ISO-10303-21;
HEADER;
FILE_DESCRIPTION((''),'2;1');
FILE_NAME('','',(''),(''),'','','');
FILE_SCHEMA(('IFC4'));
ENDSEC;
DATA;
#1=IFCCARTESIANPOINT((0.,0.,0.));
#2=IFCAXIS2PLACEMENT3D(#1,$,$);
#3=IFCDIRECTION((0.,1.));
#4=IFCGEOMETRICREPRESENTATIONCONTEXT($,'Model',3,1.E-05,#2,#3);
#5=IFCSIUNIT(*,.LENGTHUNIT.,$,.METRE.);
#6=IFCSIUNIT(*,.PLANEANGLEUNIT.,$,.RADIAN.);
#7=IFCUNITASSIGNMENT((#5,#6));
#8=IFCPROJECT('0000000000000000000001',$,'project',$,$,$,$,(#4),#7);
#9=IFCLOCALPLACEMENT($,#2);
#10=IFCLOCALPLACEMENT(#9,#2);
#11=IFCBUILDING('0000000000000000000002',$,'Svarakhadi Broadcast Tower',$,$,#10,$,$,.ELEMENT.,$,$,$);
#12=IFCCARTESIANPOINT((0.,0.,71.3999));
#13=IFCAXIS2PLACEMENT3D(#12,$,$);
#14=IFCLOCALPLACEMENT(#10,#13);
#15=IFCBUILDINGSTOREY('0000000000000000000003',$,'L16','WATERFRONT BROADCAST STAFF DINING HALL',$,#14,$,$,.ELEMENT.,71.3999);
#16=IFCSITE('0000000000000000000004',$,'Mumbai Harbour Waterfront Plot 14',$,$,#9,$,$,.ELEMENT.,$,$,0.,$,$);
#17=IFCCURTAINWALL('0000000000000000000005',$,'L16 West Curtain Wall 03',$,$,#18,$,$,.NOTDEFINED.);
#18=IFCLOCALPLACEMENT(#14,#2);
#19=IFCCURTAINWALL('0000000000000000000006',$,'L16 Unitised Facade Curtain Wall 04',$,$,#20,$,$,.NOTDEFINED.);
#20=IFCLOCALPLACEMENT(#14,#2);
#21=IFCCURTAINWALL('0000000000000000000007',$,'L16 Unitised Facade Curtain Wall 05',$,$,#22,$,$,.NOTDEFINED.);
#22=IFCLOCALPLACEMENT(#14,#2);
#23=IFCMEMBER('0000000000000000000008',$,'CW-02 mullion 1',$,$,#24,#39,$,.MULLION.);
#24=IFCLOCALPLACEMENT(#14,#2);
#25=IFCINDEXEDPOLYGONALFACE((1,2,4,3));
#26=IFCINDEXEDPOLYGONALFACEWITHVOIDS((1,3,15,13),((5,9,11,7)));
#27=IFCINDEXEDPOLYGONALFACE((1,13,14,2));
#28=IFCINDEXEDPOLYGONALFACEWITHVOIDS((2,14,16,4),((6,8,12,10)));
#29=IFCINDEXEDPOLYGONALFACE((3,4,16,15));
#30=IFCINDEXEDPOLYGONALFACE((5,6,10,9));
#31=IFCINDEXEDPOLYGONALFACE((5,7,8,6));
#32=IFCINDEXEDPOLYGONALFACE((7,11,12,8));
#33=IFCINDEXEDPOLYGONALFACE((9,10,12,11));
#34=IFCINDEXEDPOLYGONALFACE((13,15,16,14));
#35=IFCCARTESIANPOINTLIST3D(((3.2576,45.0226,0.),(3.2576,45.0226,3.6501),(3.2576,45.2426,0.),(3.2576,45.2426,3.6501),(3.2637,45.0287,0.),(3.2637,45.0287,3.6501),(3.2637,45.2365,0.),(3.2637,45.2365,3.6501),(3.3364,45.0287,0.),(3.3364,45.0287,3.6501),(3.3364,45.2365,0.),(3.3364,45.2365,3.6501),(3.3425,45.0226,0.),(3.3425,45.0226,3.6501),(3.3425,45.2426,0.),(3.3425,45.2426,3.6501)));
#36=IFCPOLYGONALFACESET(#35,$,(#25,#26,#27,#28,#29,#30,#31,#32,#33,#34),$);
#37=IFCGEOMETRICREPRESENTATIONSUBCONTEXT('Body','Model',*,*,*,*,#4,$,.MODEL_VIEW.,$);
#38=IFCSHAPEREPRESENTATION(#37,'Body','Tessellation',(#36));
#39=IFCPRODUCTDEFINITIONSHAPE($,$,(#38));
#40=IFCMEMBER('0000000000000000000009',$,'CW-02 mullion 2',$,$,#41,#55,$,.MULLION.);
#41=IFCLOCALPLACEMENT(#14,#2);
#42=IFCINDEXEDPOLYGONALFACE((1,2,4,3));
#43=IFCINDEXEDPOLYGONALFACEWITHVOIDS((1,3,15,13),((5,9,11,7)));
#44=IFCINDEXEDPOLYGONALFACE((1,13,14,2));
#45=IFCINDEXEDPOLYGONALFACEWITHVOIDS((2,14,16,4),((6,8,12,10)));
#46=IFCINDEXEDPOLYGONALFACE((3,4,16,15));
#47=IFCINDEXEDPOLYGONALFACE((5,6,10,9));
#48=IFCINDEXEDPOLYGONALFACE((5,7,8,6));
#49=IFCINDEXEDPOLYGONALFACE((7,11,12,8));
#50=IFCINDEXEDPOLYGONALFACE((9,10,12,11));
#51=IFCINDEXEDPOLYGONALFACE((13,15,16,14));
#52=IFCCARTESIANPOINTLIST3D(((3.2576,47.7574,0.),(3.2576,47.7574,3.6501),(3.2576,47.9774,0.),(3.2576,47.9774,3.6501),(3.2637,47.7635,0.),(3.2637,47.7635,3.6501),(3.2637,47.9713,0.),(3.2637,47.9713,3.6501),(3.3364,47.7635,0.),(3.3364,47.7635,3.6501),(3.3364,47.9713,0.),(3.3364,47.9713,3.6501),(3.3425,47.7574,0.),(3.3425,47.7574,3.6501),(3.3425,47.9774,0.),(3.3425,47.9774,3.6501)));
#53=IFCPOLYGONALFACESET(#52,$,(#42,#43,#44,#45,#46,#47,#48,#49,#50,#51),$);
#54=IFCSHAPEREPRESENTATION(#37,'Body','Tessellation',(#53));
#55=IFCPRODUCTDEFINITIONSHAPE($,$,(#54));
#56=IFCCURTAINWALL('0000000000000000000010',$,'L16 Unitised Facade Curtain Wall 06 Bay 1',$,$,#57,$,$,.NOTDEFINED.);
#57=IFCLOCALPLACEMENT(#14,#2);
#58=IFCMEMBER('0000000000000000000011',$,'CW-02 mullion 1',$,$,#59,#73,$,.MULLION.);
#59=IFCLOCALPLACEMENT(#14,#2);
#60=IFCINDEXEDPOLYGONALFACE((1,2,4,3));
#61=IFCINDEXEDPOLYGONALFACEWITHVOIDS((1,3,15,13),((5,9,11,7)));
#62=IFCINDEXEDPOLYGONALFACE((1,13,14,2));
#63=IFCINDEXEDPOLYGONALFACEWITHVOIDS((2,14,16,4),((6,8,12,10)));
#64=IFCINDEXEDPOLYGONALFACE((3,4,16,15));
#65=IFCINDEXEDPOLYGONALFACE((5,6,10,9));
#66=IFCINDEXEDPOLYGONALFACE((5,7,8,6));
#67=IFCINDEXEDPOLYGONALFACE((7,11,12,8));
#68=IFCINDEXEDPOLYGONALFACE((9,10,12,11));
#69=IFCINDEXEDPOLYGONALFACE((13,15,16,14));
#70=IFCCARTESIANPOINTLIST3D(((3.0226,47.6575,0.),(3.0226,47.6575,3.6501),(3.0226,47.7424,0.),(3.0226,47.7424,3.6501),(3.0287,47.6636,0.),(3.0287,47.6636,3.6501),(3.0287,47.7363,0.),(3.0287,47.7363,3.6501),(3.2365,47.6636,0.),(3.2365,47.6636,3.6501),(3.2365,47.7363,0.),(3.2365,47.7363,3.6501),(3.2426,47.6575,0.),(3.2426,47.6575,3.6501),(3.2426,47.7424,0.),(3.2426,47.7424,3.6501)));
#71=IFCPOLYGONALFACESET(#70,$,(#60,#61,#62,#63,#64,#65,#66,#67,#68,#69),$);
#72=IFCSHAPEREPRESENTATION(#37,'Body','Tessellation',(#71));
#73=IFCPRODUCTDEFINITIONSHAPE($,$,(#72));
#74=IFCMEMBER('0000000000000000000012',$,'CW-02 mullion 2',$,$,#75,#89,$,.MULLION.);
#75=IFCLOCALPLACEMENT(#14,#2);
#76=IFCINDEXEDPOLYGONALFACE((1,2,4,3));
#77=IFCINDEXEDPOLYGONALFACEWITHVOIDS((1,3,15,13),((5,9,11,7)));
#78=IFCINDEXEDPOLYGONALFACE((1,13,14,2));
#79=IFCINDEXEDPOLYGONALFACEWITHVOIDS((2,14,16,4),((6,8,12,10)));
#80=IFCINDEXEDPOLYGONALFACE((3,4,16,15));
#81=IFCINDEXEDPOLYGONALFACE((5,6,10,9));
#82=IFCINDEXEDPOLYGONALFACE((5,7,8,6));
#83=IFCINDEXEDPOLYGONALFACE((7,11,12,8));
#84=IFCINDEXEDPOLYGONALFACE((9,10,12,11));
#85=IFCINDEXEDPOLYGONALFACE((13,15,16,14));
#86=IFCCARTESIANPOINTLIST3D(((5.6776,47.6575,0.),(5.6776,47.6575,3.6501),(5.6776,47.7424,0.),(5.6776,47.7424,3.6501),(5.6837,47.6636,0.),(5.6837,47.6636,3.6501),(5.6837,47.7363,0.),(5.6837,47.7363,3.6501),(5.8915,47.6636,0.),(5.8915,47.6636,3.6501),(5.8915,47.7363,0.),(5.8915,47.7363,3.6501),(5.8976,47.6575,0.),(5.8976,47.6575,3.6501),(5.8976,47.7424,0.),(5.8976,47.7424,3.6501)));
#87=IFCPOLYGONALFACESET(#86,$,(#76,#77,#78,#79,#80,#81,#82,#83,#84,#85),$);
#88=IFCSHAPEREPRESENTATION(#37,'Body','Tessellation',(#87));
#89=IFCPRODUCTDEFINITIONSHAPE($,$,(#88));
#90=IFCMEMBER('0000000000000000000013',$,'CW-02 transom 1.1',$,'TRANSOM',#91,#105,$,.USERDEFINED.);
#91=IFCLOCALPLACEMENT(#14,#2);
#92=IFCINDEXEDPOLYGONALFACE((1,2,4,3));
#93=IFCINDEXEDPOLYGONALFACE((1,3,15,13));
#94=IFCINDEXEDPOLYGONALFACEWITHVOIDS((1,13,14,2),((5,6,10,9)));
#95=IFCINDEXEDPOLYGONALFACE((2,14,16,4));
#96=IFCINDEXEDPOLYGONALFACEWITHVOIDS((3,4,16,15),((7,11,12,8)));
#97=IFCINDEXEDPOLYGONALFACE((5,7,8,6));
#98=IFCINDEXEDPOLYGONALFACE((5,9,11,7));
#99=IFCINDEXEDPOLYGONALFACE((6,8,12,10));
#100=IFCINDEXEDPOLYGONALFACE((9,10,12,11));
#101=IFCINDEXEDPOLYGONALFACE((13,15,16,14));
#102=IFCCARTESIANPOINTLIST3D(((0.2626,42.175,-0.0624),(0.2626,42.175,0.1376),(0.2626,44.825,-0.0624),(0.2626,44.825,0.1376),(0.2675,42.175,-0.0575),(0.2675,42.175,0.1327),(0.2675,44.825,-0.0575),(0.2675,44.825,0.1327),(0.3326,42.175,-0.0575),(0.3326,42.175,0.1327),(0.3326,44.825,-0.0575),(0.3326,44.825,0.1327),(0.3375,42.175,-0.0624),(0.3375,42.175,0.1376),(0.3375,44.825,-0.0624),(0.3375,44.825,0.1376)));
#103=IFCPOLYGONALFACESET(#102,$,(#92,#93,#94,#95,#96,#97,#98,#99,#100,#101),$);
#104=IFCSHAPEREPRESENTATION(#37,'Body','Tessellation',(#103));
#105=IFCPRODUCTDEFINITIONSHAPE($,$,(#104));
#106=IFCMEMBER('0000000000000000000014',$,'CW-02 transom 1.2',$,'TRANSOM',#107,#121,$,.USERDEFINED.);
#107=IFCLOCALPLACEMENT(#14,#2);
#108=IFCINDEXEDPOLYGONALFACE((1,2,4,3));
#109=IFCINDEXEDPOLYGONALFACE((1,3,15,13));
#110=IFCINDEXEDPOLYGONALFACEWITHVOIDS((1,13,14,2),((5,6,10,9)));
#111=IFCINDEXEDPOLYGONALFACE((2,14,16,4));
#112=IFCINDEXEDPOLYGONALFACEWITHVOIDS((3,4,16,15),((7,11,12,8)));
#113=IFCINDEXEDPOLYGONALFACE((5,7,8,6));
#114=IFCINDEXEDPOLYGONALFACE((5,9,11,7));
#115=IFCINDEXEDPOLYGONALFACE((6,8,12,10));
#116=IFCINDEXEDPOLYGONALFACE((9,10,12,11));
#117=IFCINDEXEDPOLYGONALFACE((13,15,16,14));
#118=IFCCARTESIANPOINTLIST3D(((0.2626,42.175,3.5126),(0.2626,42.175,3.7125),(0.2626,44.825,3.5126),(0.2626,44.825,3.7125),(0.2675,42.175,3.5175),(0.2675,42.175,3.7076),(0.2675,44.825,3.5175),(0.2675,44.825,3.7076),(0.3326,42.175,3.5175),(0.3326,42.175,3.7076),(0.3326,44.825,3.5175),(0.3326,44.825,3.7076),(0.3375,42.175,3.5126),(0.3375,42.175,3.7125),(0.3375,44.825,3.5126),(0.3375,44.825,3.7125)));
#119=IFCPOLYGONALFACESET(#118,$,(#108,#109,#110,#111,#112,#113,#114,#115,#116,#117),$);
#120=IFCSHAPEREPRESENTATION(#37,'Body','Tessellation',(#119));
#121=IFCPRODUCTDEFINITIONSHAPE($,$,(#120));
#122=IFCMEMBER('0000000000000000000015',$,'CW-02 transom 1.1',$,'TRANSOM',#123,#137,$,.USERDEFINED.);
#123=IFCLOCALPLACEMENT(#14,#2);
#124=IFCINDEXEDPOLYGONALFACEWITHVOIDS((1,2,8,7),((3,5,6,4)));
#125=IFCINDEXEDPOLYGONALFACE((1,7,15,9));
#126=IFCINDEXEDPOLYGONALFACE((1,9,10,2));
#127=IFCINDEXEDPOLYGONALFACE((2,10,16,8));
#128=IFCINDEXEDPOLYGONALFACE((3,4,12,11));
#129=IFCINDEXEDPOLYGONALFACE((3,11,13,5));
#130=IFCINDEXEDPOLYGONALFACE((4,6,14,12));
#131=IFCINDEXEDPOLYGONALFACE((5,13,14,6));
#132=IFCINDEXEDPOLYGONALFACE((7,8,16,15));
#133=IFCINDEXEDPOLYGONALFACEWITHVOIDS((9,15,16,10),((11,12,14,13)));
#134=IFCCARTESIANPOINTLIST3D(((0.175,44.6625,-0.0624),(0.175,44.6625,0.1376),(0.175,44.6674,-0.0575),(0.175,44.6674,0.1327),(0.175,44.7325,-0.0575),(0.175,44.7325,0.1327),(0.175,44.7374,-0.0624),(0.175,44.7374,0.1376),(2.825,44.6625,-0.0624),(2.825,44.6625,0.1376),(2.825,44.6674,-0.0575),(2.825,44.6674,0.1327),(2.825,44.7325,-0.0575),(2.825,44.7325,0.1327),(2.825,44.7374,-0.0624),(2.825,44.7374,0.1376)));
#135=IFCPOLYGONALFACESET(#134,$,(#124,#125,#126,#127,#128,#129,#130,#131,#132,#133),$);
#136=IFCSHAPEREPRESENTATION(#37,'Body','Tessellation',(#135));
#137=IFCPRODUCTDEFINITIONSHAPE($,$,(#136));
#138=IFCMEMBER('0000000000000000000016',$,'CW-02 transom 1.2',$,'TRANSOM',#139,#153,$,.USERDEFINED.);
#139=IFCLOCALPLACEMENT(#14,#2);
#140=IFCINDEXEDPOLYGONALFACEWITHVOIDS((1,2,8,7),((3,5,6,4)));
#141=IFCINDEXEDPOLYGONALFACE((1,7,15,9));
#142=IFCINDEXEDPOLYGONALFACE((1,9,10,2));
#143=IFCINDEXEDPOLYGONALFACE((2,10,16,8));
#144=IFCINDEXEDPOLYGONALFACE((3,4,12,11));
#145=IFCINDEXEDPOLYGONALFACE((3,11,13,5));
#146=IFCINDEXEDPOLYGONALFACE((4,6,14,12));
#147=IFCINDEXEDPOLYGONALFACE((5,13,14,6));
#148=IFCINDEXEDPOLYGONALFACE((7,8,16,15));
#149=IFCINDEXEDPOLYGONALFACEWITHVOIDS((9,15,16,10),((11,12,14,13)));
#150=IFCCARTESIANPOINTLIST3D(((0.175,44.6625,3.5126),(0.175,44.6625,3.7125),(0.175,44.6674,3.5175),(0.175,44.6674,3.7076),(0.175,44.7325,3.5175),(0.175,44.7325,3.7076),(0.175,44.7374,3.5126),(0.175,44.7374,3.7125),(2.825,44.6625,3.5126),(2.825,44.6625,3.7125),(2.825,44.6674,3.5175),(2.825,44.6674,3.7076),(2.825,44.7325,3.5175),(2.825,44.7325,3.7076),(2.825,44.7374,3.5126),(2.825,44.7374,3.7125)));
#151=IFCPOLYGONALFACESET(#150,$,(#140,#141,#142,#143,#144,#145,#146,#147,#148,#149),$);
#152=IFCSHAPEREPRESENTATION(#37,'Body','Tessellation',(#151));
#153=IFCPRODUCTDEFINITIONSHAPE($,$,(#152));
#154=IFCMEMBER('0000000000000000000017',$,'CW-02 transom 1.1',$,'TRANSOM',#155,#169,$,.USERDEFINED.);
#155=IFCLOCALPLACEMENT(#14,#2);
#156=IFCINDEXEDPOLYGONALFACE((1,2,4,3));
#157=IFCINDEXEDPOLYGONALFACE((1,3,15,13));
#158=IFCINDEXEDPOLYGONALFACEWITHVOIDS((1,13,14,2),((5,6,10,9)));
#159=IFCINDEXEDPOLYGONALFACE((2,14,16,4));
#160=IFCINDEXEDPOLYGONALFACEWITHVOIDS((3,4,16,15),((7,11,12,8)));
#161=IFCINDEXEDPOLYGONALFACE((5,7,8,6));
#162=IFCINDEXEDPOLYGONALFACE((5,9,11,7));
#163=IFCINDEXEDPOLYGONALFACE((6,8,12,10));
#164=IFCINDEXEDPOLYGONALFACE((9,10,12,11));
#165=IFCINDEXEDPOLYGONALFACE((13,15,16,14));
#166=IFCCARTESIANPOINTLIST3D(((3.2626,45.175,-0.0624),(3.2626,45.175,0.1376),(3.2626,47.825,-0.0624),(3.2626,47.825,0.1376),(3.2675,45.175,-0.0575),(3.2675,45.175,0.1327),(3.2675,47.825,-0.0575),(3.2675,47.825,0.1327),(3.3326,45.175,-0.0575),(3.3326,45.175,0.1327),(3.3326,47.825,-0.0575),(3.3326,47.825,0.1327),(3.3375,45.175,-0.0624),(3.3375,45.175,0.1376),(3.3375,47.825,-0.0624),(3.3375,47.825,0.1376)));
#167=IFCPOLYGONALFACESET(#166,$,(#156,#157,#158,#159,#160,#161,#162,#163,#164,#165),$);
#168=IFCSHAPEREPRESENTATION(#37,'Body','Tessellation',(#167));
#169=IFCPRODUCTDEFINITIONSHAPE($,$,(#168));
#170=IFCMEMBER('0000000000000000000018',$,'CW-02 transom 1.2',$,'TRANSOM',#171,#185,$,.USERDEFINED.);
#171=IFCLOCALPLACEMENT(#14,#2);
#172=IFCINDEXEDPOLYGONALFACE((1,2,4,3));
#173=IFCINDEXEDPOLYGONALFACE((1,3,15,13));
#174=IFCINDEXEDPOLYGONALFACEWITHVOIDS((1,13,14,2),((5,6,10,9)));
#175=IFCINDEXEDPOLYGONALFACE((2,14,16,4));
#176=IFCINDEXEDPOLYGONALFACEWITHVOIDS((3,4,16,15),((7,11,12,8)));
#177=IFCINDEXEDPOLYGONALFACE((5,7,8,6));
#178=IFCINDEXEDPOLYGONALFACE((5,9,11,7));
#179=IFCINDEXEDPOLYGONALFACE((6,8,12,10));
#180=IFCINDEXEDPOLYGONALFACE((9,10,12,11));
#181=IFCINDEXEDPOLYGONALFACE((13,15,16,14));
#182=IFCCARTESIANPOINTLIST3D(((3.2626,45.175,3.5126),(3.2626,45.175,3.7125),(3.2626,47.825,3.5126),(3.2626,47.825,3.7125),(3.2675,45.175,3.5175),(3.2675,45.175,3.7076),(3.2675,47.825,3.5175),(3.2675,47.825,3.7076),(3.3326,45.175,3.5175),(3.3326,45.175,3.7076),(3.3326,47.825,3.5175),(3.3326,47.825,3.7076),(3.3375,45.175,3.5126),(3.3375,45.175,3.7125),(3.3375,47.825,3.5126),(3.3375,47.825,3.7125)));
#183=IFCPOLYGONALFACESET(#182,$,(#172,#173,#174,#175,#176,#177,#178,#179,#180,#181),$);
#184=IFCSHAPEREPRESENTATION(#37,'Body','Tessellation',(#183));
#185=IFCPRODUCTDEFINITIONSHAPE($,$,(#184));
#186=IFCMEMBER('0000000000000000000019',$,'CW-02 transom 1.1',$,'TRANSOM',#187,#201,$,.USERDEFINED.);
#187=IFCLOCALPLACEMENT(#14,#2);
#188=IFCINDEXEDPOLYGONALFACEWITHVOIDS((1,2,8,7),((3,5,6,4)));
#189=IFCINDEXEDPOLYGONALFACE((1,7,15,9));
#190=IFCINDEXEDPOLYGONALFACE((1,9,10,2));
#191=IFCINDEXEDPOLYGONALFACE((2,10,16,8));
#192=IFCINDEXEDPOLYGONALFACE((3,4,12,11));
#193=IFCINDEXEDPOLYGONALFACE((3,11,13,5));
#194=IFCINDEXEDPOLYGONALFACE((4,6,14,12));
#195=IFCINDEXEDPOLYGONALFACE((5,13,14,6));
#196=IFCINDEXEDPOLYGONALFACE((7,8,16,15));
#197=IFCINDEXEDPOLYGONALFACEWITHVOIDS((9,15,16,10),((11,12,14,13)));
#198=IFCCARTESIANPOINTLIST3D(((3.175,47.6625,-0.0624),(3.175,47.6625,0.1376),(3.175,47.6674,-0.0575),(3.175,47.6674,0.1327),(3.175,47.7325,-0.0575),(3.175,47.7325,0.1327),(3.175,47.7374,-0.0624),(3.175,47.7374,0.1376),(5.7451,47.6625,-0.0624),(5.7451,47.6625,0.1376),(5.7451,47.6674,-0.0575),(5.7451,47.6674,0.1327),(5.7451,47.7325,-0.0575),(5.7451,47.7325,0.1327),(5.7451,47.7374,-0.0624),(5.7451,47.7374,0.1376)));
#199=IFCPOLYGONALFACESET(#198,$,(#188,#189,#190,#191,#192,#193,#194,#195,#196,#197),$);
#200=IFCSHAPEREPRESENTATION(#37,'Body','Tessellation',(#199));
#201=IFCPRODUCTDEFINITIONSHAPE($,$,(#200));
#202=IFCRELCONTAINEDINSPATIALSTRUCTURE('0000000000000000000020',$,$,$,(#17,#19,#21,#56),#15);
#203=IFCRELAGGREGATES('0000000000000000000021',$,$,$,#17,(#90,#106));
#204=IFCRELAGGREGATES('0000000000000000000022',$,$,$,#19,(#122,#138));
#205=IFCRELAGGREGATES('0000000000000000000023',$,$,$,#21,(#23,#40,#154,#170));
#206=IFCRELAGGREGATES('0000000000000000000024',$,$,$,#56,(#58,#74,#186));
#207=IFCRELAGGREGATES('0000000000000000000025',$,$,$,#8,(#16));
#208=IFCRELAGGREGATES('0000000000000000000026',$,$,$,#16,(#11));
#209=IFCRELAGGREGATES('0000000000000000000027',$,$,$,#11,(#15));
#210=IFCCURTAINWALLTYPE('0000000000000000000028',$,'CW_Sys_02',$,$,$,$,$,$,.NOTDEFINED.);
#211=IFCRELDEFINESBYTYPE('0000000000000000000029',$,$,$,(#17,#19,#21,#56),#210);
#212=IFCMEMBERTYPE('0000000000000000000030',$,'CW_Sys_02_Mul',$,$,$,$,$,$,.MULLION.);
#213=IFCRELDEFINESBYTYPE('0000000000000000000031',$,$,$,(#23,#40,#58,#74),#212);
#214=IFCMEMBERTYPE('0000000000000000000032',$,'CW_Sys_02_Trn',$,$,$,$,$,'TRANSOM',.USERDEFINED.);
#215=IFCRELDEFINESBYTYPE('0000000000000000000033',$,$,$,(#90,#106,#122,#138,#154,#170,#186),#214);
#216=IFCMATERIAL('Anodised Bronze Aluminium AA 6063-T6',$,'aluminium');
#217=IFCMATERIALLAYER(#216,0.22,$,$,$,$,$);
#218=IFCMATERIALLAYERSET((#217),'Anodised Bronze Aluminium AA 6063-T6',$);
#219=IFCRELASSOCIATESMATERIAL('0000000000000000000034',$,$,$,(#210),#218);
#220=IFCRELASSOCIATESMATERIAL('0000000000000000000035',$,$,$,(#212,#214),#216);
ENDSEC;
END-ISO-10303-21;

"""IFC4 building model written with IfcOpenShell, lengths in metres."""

from ifc_helpers import new_model, si_unit, direction, frame, origin, origin_2d, place, context, subcontext, project, spatial, hollow_rectangle, extrude, material, layer, layer_set, material_profile, profile_set, type_object, element, aggregate, save


model = new_model("IFC4")

# Units and contexts
model_context = context("Model", 3, precision=1e-05, world=origin(), true_north=direction((0.0, 1.0)))
body_context = subcontext(model_context, "Body", "Model", "MODEL_VIEW")
ifc_project = project(units=[si_unit("LENGTHUNIT", "METRE"), si_unit("PLANEANGLEUNIT", "RADIAN")], contexts=[model_context])

# Site, building, storey
site_placement = place(None, origin())
site = spatial("IfcSite", under=ifc_project, at=site_placement, Name="Mumbai Harbour Waterfront Plot 14", CompositionType="ELEMENT", RefElevation=0.0)
building_placement = place(site_placement, origin())
building = spatial("IfcBuilding", under=site, at=building_placement, Name="Svarakhadi Broadcast Tower", CompositionType="ELEMENT")
storey_placement = place(building_placement, frame((0.0, 0.0, 71.3999)))
storey = spatial("IfcBuildingStorey", under=building, at=storey_placement, Name="L16", Description="WATERFRONT BROADCAST STAFF DINING HALL", CompositionType="ELEMENT", Elevation=71.3999)

# Curtain walls, members
ifc_material_1 = material(Name="Anodised Bronze Aluminium AA 6063-T6", Category="aluminium")
ifc_layer_1 = layer(ifc_material_1, 0.22)
ifc_layer_set_1 = layer_set([ifc_layer_1], Name="Anodised Bronze Aluminium AA 6063-T6")
curtain_wall_type = type_object("IfcCurtainWallType", Name="CW_Sys_02", PredefinedType="NOTDEFINED", material=ifc_layer_set_1)
curtain_wall_1_placement = place(storey_placement, origin())
curtain_wall_1 = element("IfcCurtainWall", 1, at=curtain_wall_1_placement, inside=storey, type_object=curtain_wall_type, Name="L16 West Curtain Wall 03", PredefinedType="NOTDEFINED")
ifc_material_profile_1 = material_profile(ifc_material_1, hollow_rectangle(XDim=0.085, YDim=0.22, WallThickness=0.0061, at=origin_2d()), Name="ALU MULLION 220x85x6")
ifc_profile_set_1 = profile_set([ifc_material_profile_1], Name="Anodised Bronze Aluminium AA 6063-T6")
member_type_1 = type_object("IfcMemberType", Name="CW_Sys_02_Mul", PredefinedType="MULLION", material=ifc_profile_set_1)
curtain_wall_2_placement = place(storey_placement, origin())
curtain_wall_2 = element("IfcCurtainWall", 2, at=curtain_wall_2_placement, inside=storey, type_object=curtain_wall_type, Name="L16 Unitised Facade Curtain Wall 04", PredefinedType="NOTDEFINED")
curtain_wall_3_placement = place(storey_placement, origin())
curtain_wall_3 = element("IfcCurtainWall", 3, at=curtain_wall_3_placement, inside=storey, type_object=curtain_wall_type, Name="L16 Unitised Facade Curtain Wall 05", PredefinedType="NOTDEFINED")
member_1_placement = place(storey_placement, frame((3.3, 45.1326, 0.0), z_axis=(0.0, 0.0, 1.0), x_axis=(-1.0, 0.0, 0.0)))
member_1 = element("IfcMember", 4, at=member_1_placement, type_object=member_type_1, Name="CW-02 mullion 1", PredefinedType="MULLION", context=body_context, shape_type="SweptSolid", body=[
    extrude(hollow_rectangle(XDim=0.085, YDim=0.22, WallThickness=0.0061, at=origin_2d()), origin(), (0.0, 0.0, 1.0), 3.6501),
])
member_2_placement = place(storey_placement, frame((3.3, 47.8674, 0.0), z_axis=(0.0, 0.0, 1.0), x_axis=(-1.0, 0.0, 0.0)))
member_2 = element("IfcMember", 5, at=member_2_placement, type_object=member_type_1, Name="CW-02 mullion 2", PredefinedType="MULLION", context=body_context, shape_type="SweptSolid", body=[
    extrude(hollow_rectangle(XDim=0.085, YDim=0.22, WallThickness=0.0061, at=origin_2d()), origin(), (0.0, 0.0, 1.0), 3.6501),
])
curtain_wall_4_placement = place(storey_placement, origin())
curtain_wall_4 = element("IfcCurtainWall", 6, at=curtain_wall_4_placement, inside=storey, type_object=curtain_wall_type, Name="L16 Unitised Facade Curtain Wall 06 Bay 1", PredefinedType="NOTDEFINED")
member_3_placement = place(storey_placement, frame((3.1326, 47.7, 0.0), z_axis=(0.0, 0.0, 1.0), x_axis=(0.0, 1.0, 0.0)))
member_3 = element("IfcMember", 7, at=member_3_placement, type_object=member_type_1, Name="CW-02 mullion 1", PredefinedType="MULLION", context=body_context, shape_type="SweptSolid", body=[
    extrude(hollow_rectangle(XDim=0.085, YDim=0.22, WallThickness=0.0061, at=origin_2d()), origin(), (0.0, 0.0, 1.0), 3.6501),
])
member_4_placement = place(storey_placement, frame((5.7876, 47.7, 0.0), z_axis=(0.0, 0.0, 1.0), x_axis=(0.0, 1.0, 0.0)))
member_4 = element("IfcMember", 8, at=member_4_placement, type_object=member_type_1, Name="CW-02 mullion 2", PredefinedType="MULLION", context=body_context, shape_type="SweptSolid", body=[
    extrude(hollow_rectangle(XDim=0.085, YDim=0.22, WallThickness=0.0061, at=origin_2d()), origin(), (0.0, 0.0, 1.0), 3.6501),
])

# Members
ifc_material_profile_2 = material_profile(ifc_material_1, hollow_rectangle(XDim=0.075, YDim=0.2, WallThickness=0.0049, at=origin_2d()), Name="ALU TRANSOM 200x75x5")
ifc_profile_set_2 = profile_set([ifc_material_profile_2], Name="Anodised Bronze Aluminium AA 6063-T6")
member_type_2 = type_object("IfcMemberType", Name="CW_Sys_02_Trn", ElementType="TRANSOM", PredefinedType="USERDEFINED", material=ifc_profile_set_2)
member_5_placement = place(storey_placement, frame((0.3, 42.175, 0.0376), z_axis=(0.0, 1.0, 0.0), x_axis=(-1.0, 0.0, 0.0)))
member_5 = element("IfcMember", 9, at=member_5_placement, type_object=member_type_2, Name="CW-02 transom 1.1", ObjectType="TRANSOM", PredefinedType="USERDEFINED", context=body_context, shape_type="SweptSolid", body=[
    extrude(hollow_rectangle(XDim=0.075, YDim=0.2, WallThickness=0.0049, at=origin_2d()), origin(), (0.0, 0.0, 1.0), 2.6499),
])
member_6_placement = place(storey_placement, frame((0.3, 42.175, 3.6125), z_axis=(0.0, 1.0, 0.0), x_axis=(-1.0, 0.0, 0.0)))
member_6 = element("IfcMember", 10, at=member_6_placement, type_object=member_type_2, Name="CW-02 transom 1.2", ObjectType="TRANSOM", PredefinedType="USERDEFINED", context=body_context, shape_type="SweptSolid", body=[
    extrude(hollow_rectangle(XDim=0.075, YDim=0.2, WallThickness=0.0049, at=origin_2d()), origin(), (0.0, 0.0, 1.0), 2.6499),
])
member_7_placement = place(storey_placement, frame((0.175, 44.7, 0.0376), z_axis=(1.0, 0.0, 0.0), x_axis=(0.0, 1.0, 0.0)))
member_7 = element("IfcMember", 11, at=member_7_placement, type_object=member_type_2, Name="CW-02 transom 1.1", ObjectType="TRANSOM", PredefinedType="USERDEFINED", context=body_context, shape_type="SweptSolid", body=[
    extrude(hollow_rectangle(XDim=0.075, YDim=0.2, WallThickness=0.0049, at=origin_2d()), origin(), (0.0, 0.0, 1.0), 2.6499),
])
member_8_placement = place(storey_placement, frame((0.175, 44.7, 3.6125), z_axis=(1.0, 0.0, 0.0), x_axis=(0.0, 1.0, 0.0)))
member_8 = element("IfcMember", 12, at=member_8_placement, type_object=member_type_2, Name="CW-02 transom 1.2", ObjectType="TRANSOM", PredefinedType="USERDEFINED", context=body_context, shape_type="SweptSolid", body=[
    extrude(hollow_rectangle(XDim=0.075, YDim=0.2, WallThickness=0.0049, at=origin_2d()), origin(), (0.0, 0.0, 1.0), 2.6499),
])
member_9_placement = place(storey_placement, frame((3.3, 45.175, 0.0376), z_axis=(0.0, 1.0, 0.0), x_axis=(-1.0, 0.0, 0.0)))
member_9 = element("IfcMember", 13, at=member_9_placement, type_object=member_type_2, Name="CW-02 transom 1.1", ObjectType="TRANSOM", PredefinedType="USERDEFINED", context=body_context, shape_type="SweptSolid", body=[
    extrude(hollow_rectangle(XDim=0.075, YDim=0.2, WallThickness=0.0049, at=origin_2d()), origin(), (0.0, 0.0, 1.0), 2.6499),
])
member_10_placement = place(storey_placement, frame((3.3, 45.175, 3.6125), z_axis=(0.0, 1.0, 0.0), x_axis=(-1.0, 0.0, 0.0)))
member_10 = element("IfcMember", 14, at=member_10_placement, type_object=member_type_2, Name="CW-02 transom 1.2", ObjectType="TRANSOM", PredefinedType="USERDEFINED", context=body_context, shape_type="SweptSolid", body=[
    extrude(hollow_rectangle(XDim=0.075, YDim=0.2, WallThickness=0.0049, at=origin_2d()), origin(), (0.0, 0.0, 1.0), 2.6499),
])
member_11_placement = place(storey_placement, frame((3.175, 47.7, 0.0376), z_axis=(1.0, 0.0, 0.0), x_axis=(0.0, 1.0, 0.0)))
member_11 = element("IfcMember", 15, at=member_11_placement, type_object=member_type_2, Name="CW-02 transom 1.1", ObjectType="TRANSOM", PredefinedType="USERDEFINED", context=body_context, shape_type="SweptSolid", body=[
    extrude(hollow_rectangle(XDim=0.075, YDim=0.2, WallThickness=0.0049, at=origin_2d()), origin(), (0.0, 0.0, 1.0), 2.5701),
])

aggregate(curtain_wall_1, [member_5, member_6])
aggregate(curtain_wall_2, [member_7, member_8])
aggregate(curtain_wall_3, [member_1, member_2, member_9, member_10])
aggregate(curtain_wall_4, [member_3, member_4, member_11])

save(model, "model.ifc")
